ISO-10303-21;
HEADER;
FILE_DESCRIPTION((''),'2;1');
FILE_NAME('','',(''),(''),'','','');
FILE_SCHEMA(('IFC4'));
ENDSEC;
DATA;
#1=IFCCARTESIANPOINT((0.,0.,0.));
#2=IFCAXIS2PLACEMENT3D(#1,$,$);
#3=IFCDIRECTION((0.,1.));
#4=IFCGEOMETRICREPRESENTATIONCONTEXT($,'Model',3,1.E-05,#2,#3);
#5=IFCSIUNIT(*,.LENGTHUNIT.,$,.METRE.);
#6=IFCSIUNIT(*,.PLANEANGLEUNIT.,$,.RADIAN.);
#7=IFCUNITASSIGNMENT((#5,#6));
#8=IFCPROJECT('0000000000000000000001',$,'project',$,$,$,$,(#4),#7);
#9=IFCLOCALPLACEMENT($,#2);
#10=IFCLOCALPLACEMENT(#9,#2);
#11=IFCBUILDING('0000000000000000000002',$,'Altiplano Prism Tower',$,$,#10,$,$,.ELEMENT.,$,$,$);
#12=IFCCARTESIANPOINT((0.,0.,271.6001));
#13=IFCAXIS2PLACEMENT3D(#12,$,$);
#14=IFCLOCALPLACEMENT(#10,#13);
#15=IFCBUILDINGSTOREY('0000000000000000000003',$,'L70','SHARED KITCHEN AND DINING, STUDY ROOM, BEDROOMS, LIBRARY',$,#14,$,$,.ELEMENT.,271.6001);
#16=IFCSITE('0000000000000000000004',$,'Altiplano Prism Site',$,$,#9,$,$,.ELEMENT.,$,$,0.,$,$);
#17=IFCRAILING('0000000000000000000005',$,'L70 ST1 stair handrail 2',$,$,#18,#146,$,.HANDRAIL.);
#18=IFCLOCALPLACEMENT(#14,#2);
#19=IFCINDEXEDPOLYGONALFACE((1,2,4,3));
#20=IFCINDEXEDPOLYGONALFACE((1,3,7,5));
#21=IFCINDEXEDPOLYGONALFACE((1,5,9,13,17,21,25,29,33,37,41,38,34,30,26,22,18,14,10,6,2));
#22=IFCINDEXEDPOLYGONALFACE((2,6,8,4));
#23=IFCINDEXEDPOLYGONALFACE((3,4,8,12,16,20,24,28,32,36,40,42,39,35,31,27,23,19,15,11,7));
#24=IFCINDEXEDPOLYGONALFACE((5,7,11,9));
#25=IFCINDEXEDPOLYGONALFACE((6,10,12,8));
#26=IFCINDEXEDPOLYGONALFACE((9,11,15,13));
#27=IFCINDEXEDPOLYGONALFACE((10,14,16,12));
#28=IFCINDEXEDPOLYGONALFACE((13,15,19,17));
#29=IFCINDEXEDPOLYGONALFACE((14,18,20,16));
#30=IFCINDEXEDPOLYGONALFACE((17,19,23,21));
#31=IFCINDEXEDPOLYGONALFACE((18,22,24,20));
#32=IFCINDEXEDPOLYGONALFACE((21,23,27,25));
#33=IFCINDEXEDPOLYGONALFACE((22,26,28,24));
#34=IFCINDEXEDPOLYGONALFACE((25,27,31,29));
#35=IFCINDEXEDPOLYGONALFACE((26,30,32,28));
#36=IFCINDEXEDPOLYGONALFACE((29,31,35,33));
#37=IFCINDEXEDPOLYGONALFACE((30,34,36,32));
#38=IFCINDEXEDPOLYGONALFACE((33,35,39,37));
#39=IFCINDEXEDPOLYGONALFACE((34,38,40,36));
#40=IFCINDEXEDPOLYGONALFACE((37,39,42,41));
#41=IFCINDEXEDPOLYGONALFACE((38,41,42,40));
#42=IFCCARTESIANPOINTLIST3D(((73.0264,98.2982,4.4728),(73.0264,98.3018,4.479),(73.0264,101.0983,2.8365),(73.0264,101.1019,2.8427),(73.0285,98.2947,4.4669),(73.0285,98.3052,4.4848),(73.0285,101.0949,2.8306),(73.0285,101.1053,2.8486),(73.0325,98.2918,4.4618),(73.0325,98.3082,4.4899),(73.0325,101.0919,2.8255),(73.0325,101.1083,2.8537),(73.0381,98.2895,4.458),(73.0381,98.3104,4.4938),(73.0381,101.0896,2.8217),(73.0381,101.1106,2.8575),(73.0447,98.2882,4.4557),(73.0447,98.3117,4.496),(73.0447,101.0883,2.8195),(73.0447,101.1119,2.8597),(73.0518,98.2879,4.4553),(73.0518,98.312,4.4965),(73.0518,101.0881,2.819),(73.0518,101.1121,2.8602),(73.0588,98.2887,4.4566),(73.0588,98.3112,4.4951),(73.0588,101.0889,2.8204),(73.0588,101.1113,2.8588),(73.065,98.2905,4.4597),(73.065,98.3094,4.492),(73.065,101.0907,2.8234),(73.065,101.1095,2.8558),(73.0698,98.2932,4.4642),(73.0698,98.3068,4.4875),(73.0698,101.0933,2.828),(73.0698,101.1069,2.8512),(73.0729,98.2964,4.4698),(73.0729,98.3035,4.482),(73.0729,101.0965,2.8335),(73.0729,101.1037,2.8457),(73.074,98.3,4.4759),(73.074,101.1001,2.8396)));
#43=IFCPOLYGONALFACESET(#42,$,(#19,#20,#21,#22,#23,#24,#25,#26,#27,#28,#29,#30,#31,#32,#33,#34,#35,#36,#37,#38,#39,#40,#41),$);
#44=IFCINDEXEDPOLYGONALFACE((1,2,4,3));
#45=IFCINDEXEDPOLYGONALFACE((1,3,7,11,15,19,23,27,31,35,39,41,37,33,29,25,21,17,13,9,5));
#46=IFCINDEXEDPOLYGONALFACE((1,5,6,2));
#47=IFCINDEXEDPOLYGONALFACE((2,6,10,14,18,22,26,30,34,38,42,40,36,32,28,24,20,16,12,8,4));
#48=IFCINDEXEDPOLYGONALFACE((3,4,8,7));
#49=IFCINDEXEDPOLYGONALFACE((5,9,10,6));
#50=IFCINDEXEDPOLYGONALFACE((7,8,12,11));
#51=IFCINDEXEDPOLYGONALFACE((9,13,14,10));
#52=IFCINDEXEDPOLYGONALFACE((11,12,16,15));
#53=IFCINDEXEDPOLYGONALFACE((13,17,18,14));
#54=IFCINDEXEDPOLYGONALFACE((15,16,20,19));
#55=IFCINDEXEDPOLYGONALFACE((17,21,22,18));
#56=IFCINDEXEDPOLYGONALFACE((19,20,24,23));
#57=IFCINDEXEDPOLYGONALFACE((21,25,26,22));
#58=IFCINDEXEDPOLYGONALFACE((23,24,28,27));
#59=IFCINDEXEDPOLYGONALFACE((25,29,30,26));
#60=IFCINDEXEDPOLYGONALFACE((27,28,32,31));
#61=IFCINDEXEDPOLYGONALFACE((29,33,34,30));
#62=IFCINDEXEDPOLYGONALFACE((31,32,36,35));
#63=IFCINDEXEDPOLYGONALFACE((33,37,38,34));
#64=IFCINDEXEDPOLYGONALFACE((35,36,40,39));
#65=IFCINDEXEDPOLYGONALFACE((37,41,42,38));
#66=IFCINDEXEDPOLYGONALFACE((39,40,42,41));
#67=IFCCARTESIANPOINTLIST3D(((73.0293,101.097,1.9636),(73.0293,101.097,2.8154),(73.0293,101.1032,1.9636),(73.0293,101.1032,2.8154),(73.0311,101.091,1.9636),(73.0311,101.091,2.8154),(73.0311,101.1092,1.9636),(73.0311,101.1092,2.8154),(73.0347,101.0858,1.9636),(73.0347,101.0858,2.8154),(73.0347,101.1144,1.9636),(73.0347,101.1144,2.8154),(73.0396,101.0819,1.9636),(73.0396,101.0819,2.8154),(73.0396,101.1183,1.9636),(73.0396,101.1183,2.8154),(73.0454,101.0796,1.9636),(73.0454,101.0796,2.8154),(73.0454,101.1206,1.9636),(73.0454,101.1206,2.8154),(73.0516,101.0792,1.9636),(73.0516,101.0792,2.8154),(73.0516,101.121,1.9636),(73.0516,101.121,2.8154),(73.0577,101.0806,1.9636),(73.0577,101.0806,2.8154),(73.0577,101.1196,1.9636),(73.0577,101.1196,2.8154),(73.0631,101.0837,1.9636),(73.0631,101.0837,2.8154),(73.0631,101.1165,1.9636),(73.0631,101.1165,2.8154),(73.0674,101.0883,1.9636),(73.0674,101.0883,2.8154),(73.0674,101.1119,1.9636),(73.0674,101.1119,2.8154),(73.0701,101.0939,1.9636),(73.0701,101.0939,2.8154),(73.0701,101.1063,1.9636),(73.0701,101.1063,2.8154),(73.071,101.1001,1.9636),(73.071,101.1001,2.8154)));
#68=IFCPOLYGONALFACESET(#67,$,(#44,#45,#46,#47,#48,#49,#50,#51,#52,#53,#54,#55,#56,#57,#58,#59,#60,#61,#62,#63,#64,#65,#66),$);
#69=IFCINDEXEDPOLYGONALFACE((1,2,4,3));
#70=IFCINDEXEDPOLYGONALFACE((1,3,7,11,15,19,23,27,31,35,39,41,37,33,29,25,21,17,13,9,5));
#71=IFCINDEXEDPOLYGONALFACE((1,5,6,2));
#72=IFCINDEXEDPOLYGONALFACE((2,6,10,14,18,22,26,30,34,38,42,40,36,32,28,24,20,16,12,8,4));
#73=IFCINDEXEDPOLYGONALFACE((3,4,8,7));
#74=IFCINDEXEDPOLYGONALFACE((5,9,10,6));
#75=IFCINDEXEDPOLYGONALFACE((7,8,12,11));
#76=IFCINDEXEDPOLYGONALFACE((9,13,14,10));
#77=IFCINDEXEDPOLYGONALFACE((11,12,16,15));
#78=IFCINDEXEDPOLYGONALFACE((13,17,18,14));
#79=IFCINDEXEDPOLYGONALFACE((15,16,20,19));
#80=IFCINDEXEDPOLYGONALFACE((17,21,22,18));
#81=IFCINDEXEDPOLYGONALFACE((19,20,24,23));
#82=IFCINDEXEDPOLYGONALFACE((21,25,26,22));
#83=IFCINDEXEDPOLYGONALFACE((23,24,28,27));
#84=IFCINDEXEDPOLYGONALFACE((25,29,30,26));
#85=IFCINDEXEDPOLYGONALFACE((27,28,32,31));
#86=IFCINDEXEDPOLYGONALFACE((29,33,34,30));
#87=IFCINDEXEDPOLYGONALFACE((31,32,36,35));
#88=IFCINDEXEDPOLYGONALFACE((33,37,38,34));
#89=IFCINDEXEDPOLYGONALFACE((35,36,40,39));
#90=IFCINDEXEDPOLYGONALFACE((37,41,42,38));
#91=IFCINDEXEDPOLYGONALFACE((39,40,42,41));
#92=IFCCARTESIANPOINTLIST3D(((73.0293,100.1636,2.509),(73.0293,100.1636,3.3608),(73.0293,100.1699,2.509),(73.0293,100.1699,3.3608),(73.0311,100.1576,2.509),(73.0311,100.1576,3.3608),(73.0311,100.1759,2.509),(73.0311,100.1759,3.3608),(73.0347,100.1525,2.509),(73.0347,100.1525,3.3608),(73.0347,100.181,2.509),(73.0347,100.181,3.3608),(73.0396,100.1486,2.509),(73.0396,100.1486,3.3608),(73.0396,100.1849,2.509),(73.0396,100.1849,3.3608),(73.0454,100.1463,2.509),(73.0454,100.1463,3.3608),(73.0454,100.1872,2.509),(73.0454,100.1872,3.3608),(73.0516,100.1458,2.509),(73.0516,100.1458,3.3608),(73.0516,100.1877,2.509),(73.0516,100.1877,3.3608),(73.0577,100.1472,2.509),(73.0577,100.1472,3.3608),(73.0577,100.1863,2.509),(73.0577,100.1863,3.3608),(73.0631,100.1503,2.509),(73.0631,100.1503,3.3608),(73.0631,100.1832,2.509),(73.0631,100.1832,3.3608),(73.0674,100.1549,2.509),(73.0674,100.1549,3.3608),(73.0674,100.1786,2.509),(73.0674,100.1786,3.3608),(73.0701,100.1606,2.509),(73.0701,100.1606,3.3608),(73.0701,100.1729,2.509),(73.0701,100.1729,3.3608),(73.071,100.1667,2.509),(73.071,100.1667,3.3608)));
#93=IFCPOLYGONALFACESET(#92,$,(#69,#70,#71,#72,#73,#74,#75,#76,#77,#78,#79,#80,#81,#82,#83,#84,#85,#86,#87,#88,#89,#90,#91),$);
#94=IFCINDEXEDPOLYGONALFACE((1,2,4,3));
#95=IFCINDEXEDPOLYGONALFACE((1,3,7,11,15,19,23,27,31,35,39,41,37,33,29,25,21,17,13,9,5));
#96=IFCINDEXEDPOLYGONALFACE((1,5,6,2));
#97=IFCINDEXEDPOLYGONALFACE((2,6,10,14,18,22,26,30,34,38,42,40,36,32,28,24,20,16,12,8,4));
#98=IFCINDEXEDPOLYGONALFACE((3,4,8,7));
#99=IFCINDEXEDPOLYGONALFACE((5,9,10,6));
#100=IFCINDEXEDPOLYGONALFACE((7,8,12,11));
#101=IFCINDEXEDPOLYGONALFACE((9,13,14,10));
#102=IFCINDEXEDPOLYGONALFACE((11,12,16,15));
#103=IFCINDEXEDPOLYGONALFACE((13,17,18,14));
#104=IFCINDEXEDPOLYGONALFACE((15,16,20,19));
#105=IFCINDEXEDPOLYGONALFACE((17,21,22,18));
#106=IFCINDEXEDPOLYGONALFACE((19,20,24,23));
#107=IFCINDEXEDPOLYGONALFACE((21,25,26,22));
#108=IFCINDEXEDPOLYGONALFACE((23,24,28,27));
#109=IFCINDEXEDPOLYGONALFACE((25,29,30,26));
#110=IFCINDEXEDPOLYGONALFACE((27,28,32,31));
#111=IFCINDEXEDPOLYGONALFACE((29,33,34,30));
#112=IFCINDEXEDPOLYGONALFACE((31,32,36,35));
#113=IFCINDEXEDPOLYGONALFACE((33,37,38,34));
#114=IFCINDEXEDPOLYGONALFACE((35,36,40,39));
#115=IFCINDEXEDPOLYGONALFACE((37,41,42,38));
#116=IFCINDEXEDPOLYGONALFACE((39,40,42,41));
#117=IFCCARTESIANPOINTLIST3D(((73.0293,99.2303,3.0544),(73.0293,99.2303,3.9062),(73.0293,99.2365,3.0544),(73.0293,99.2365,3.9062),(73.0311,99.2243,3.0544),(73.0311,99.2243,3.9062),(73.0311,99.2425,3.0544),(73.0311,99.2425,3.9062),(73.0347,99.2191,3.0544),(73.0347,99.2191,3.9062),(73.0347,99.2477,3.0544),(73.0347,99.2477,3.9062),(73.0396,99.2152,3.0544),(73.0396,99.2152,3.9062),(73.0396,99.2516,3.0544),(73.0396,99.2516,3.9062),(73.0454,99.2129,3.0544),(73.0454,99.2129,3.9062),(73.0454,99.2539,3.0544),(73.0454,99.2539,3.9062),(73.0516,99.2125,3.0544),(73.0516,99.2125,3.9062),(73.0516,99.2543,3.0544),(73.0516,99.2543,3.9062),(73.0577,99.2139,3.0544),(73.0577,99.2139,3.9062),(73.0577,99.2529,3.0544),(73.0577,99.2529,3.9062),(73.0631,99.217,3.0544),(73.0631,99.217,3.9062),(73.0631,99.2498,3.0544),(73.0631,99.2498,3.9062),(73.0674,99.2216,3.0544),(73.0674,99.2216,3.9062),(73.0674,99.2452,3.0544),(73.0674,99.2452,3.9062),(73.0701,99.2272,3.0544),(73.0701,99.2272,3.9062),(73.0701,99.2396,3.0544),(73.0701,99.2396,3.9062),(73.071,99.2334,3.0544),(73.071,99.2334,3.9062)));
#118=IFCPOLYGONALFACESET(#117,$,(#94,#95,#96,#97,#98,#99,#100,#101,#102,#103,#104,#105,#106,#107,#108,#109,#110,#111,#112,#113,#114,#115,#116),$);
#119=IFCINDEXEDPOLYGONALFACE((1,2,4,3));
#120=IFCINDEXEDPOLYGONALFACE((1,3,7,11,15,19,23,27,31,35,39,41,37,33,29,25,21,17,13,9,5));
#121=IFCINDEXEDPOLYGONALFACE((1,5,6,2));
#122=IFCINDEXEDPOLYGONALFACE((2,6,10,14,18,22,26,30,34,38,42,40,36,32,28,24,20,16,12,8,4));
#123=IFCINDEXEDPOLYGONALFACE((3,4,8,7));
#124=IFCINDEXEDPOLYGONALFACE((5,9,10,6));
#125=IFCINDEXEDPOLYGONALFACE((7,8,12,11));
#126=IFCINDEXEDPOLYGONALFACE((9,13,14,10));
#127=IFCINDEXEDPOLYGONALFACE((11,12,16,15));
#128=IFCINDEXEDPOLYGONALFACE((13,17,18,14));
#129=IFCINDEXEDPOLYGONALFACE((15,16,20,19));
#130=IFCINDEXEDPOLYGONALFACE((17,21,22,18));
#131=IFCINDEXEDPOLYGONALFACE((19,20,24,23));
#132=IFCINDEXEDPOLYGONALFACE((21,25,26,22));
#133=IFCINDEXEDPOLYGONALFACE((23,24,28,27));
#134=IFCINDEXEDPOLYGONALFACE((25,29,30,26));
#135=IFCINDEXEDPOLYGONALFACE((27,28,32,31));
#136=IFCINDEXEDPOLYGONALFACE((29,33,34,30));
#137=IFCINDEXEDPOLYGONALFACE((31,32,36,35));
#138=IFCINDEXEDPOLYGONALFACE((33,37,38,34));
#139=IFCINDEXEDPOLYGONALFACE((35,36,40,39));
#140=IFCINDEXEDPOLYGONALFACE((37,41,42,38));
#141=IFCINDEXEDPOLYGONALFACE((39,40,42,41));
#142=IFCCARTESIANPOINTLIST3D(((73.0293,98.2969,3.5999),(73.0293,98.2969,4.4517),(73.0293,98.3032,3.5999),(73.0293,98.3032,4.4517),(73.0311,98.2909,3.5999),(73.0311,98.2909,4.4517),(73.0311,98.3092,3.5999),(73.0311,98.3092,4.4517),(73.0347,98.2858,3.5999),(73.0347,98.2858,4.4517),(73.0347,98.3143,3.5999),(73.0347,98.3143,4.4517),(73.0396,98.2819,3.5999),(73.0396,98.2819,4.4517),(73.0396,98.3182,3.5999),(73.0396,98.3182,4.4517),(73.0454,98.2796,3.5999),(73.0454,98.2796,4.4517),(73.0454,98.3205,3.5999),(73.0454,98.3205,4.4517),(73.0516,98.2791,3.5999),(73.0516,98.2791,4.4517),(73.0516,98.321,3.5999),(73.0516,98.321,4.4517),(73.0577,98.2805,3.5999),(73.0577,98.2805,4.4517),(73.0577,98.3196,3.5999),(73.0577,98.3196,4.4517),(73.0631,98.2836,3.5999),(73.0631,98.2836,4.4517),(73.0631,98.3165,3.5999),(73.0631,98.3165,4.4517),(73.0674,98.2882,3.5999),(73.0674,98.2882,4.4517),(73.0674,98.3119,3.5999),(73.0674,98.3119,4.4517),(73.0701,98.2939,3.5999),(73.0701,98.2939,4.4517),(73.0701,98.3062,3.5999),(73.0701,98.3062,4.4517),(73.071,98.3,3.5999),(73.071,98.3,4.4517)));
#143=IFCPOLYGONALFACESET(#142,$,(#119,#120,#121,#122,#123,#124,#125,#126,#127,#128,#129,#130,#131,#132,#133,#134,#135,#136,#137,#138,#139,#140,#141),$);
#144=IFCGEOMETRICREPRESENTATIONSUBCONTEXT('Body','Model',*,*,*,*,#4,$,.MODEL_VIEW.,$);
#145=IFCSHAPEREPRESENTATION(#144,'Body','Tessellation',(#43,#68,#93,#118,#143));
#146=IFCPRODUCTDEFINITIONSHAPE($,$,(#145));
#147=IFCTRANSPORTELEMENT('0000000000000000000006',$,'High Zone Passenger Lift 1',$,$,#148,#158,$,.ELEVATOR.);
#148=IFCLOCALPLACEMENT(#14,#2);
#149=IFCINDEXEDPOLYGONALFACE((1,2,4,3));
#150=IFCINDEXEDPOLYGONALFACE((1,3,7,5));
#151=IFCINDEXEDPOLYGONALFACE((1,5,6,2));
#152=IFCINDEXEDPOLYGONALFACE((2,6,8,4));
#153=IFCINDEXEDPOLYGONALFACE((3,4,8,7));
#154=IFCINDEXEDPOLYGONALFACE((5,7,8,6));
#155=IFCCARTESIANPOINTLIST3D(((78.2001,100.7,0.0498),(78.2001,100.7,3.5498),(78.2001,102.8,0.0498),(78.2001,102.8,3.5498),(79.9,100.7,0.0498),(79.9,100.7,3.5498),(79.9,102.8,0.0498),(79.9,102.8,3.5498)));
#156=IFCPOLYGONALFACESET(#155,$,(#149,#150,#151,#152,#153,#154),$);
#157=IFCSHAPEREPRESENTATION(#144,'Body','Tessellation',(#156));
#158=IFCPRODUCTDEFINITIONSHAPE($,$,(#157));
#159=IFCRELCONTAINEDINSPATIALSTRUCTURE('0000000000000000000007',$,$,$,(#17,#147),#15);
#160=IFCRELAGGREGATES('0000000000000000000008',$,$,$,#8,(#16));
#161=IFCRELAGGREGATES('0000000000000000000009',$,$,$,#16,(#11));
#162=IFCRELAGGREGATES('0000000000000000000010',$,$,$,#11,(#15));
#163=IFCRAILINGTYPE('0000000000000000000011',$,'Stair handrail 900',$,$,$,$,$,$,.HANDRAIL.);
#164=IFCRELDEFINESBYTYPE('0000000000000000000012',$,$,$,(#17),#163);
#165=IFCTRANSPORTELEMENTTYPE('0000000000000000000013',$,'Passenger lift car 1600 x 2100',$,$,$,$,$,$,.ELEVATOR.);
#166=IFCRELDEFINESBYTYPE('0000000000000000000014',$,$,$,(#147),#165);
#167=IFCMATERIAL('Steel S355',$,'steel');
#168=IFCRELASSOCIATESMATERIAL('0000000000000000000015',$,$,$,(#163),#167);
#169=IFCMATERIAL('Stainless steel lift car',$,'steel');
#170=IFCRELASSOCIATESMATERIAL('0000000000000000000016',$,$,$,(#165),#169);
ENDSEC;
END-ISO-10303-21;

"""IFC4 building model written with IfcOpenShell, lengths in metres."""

from ifc_helpers import new_model, si_unit, direction, frame, origin, origin_2d, place, context, subcontext, project, spatial, rectangle, circle, extrude, material, type_object, element, save


model = new_model("IFC4")

# Units and contexts
model_context = context("Model", 3, precision=1e-05, world=origin(), true_north=direction((0.0, 1.0)))
body_context = subcontext(model_context, "Body", "Model", "MODEL_VIEW")
ifc_project = project(units=[si_unit("LENGTHUNIT", "METRE"), si_unit("PLANEANGLEUNIT", "RADIAN")], contexts=[model_context])

# Site, building, storey
site_placement = place(None, origin())
site = spatial("IfcSite", under=ifc_project, at=site_placement, Name="Altiplano Prism Site", CompositionType="ELEMENT", RefElevation=0.0)
building_placement = place(site_placement, origin())
building = spatial("IfcBuilding", under=site, at=building_placement, Name="Altiplano Prism Tower", CompositionType="ELEMENT")
storey_placement = place(building_placement, frame((0.0, 0.0, 271.6001)))
storey = spatial("IfcBuildingStorey", under=building, at=storey_placement, Name="L70", Description="SHARED KITCHEN AND DINING, STUDY ROOM, BEDROOMS, LIBRARY", CompositionType="ELEMENT", Elevation=271.6001)

# Railing
ifc_material_1 = material(Name="Steel S355", Category="steel")
railing_type_1 = type_object("IfcRailingType", Name="Stair handrail 900", PredefinedType="HANDRAIL", material=ifc_material_1)
railing_1_placement = place(storey_placement, frame((73.05, 101.1001, 1.9636)))
element("IfcRailing", 1, at=railing_1_placement, inside=storey, type_object=railing_type_1, Name="L70 ST1 stair handrail 2", PredefinedType="HANDRAIL", context=body_context, shape_type="SweptSolid", body=[
    extrude(circle(Radius=0.0239, at=origin_2d()), frame((0.0, 0.0, 0.876), z_axis=(0.0, -0.863394, 0.504531), x_axis=(1.0, 0.0, 0.0)), (0.0, 0.0, 1.0), 3.2432),
    extrude(circle(Radius=0.021, at=origin_2d()), origin(), (0.0, 0.0, 1.0), 0.8518),
    extrude(circle(Radius=0.021, at=origin_2d()), frame((0.0, -0.9333, 0.5454)), (0.0, 0.0, 1.0), 0.8518),
    extrude(circle(Radius=0.021, at=origin_2d()), frame((0.0, -1.8667, 1.0908)), (0.0, 0.0, 1.0), 0.8518),
    extrude(circle(Radius=0.021, at=origin_2d()), frame((0.0, -2.8, 1.6362)), (0.0, 0.0, 1.0), 0.8518),
])

# Transport element
ifc_material_2 = material(Name="Stainless steel lift car", Category="steel")
transport_element_type = type_object("IfcTransportElementType", Name="Passenger lift car 1600 x 2100", PredefinedType="ELEVATOR", material=ifc_material_2)
transport_element_placement = place(storey_placement, frame((79.05, 101.75, 0.0498), z_axis=(0.0, 0.0, 1.0), x_axis=(1.0, 0.0, 0.0)))
element("IfcTransportElement", 2, at=transport_element_placement, inside=storey, type_object=transport_element_type, Name="High Zone Passenger Lift 1", PredefinedType="ELEVATOR", context=body_context, shape_type="SweptSolid", body=[
    extrude(rectangle(XDim=1.7, YDim=2.1001, at=origin_2d()), origin(), (0.0, 0.0, 1.0), 3.5),
])

save(model, "model.ifc")
